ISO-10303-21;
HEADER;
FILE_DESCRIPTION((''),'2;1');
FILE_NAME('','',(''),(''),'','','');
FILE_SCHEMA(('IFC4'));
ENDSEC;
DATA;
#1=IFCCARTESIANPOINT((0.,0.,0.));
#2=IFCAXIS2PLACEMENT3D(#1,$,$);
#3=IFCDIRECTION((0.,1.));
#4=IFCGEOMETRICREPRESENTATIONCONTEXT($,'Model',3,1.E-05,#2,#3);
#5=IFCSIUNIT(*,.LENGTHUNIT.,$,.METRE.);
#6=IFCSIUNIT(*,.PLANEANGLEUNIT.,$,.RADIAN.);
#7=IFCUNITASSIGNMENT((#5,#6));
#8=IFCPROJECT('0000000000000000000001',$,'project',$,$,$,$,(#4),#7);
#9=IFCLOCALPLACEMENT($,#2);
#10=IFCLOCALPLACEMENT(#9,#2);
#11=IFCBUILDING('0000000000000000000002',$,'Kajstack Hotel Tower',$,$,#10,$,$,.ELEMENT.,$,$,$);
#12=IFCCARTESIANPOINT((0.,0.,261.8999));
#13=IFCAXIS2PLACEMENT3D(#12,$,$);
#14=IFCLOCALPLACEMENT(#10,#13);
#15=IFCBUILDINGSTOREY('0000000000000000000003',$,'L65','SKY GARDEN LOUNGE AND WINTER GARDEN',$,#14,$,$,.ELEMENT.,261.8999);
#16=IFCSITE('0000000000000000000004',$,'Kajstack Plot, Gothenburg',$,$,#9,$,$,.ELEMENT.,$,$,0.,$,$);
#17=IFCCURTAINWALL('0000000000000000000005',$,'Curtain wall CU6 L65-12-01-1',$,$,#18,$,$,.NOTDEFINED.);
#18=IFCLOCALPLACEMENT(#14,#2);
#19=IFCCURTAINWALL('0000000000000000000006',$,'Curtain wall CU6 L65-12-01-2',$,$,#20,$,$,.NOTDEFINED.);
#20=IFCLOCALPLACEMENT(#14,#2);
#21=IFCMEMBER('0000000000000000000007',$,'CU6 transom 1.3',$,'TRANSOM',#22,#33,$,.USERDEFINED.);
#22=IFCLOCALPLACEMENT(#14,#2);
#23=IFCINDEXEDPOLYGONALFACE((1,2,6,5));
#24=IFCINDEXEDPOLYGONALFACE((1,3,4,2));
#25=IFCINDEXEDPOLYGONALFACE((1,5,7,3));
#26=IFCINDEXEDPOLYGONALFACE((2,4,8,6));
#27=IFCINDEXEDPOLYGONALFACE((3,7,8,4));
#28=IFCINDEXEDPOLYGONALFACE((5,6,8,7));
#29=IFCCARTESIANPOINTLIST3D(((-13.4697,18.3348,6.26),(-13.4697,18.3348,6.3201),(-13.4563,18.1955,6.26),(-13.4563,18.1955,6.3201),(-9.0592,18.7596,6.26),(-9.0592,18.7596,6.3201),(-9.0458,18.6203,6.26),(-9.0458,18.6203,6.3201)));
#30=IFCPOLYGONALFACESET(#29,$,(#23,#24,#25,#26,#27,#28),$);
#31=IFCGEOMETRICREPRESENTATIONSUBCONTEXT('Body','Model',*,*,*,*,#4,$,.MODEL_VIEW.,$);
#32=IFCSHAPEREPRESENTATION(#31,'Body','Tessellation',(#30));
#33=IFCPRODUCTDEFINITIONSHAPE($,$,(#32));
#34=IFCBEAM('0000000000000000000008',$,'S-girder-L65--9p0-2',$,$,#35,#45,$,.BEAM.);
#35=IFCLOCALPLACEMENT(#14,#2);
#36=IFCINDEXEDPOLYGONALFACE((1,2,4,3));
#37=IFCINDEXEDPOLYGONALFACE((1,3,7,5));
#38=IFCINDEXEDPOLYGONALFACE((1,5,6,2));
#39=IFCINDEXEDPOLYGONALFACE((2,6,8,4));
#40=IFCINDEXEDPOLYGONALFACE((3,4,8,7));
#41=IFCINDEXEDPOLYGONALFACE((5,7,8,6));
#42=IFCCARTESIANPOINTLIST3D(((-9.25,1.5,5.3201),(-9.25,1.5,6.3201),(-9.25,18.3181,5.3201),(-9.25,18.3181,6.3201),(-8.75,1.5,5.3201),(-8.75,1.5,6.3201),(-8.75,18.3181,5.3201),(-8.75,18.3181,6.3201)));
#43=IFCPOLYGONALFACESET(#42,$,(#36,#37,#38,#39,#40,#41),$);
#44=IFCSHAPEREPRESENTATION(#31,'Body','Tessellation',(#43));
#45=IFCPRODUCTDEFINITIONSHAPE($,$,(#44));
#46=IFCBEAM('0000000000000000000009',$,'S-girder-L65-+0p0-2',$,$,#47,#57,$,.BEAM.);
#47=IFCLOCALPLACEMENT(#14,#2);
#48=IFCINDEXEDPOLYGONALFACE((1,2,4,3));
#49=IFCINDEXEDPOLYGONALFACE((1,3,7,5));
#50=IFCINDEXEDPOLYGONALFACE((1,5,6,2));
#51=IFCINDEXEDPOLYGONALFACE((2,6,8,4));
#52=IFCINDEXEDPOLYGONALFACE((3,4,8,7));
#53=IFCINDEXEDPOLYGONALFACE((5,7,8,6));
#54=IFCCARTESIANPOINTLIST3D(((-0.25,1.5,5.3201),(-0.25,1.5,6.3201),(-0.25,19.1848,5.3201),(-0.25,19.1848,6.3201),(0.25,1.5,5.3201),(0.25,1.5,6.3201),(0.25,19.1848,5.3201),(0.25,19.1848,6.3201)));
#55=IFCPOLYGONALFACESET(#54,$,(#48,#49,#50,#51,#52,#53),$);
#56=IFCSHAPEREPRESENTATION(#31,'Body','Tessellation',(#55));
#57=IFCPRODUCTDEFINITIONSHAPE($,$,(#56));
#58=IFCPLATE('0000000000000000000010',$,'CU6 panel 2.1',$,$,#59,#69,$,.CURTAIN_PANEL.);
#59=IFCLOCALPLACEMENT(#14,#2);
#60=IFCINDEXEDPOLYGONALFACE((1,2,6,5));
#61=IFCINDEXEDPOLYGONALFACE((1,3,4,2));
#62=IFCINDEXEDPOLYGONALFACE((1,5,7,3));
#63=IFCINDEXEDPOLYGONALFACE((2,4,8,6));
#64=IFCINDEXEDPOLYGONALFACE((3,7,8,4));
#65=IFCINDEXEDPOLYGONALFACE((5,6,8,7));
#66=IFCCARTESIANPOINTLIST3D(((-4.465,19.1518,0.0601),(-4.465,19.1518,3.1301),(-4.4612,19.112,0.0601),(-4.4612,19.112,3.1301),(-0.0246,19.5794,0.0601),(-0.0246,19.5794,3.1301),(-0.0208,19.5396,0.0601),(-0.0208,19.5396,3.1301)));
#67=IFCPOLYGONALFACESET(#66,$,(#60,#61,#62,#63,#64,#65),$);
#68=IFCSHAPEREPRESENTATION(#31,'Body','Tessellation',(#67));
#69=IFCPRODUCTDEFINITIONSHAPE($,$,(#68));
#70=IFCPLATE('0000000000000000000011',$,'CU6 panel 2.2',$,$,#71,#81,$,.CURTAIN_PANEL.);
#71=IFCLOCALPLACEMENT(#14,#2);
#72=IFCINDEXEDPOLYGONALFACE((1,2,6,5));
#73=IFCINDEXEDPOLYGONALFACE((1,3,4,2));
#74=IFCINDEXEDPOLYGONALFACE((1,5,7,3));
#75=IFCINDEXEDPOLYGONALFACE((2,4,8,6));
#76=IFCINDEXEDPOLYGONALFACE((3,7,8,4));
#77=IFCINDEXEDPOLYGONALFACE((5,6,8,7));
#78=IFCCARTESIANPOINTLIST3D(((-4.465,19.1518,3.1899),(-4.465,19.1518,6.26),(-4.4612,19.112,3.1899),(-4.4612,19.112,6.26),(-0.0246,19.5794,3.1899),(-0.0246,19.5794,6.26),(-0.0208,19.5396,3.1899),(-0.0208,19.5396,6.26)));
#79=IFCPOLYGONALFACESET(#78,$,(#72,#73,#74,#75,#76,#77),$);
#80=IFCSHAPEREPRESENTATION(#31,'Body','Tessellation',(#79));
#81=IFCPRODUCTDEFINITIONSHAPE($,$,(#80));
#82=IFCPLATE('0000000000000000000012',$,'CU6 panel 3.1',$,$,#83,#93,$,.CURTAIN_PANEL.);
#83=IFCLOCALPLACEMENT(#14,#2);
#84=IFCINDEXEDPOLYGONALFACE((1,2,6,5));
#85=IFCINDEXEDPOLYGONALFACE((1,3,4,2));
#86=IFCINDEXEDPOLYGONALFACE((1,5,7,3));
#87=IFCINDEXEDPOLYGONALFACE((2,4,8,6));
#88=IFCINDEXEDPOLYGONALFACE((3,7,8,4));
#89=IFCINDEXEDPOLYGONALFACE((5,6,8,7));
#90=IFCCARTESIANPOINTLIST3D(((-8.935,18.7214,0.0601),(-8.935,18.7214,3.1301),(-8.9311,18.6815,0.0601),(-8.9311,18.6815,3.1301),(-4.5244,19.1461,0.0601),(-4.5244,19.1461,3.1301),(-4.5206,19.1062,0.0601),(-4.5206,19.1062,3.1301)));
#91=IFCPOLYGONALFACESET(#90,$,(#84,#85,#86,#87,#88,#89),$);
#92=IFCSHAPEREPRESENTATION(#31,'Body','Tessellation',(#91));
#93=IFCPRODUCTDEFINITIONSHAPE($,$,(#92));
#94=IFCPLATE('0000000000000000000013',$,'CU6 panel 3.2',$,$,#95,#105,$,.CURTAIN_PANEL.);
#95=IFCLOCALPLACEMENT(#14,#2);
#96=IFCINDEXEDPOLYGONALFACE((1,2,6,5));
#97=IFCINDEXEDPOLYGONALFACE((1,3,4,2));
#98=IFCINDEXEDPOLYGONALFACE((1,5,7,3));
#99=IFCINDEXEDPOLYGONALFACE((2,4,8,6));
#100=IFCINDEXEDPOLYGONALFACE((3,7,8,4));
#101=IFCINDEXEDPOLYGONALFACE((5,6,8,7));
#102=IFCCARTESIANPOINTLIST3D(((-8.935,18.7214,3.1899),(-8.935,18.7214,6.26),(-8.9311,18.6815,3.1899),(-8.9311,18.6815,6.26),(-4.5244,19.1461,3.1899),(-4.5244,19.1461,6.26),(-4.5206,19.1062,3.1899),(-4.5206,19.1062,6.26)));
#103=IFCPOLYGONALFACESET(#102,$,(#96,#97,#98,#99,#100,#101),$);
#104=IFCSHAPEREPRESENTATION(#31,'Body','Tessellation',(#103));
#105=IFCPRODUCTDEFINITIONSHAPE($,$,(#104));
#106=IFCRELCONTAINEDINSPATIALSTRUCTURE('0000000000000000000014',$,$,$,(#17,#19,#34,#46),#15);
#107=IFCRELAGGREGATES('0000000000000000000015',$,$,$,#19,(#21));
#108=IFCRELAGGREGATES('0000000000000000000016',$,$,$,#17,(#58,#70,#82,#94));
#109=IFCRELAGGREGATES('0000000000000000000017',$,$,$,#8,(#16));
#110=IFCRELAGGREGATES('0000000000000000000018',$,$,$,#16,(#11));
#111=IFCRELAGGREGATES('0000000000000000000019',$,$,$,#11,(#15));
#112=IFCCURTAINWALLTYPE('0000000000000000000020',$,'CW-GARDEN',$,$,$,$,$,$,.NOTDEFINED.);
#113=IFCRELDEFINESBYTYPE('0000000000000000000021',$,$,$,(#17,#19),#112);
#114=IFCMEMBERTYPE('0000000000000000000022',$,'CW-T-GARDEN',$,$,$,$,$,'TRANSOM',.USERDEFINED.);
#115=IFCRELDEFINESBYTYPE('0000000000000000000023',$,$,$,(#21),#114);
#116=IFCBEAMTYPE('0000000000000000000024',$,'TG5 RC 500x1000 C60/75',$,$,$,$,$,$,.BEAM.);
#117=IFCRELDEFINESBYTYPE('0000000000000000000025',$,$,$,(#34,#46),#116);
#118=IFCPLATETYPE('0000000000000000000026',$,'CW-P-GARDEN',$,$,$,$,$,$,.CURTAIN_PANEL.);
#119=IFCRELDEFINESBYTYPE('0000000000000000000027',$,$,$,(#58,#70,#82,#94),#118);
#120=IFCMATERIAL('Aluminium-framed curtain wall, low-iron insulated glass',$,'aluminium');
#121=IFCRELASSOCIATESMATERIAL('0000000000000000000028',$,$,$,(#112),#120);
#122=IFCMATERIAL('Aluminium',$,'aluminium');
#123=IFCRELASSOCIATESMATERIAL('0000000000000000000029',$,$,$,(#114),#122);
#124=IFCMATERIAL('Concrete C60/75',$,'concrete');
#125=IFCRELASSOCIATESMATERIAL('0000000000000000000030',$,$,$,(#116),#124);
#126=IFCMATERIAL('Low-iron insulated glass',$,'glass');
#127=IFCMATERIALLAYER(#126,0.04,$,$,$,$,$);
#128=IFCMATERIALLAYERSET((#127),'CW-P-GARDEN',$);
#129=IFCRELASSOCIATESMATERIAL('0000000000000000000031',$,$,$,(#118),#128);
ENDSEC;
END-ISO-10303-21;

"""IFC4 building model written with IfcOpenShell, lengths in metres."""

from ifc_helpers import new_model, si_unit, direction, frame, origin, origin_2d, place, context, subcontext, project, spatial, rectangle, extrude, material, layer, layer_set, material_profile, profile_set, type_object, element, aggregate, save


model = new_model("IFC4")

# Units and contexts
model_context = context("Model", 3, precision=1e-05, world=origin(), true_north=direction((0.0, 1.0)))
body_context = subcontext(model_context, "Body", "Model", "MODEL_VIEW")
ifc_project = project(units=[si_unit("LENGTHUNIT", "METRE"), si_unit("PLANEANGLEUNIT", "RADIAN")], contexts=[model_context])

# Site, building, storey
site_placement = place(None, origin())
site = spatial("IfcSite", under=ifc_project, at=site_placement, Name="Kajstack Plot, Gothenburg", CompositionType="ELEMENT", RefElevation=0.0)
building_placement = place(site_placement, origin())
building = spatial("IfcBuilding", under=site, at=building_placement, Name="Kajstack Hotel Tower", CompositionType="ELEMENT")
storey_placement = place(building_placement, frame((0.0, 0.0, 261.8999)))
storey = spatial("IfcBuildingStorey", under=building, at=storey_placement, Name="L65", Description="SKY GARDEN LOUNGE AND WINTER GARDEN", CompositionType="ELEMENT", Elevation=261.8999)

# Curtain wall
ifc_material_1 = material(Name="Aluminium-framed curtain wall, low-iron insulated glass", Category="aluminium")
curtain_wall_type = type_object("IfcCurtainWallType", Name="CW-GARDEN", PredefinedType="NOTDEFINED", material=ifc_material_1)
curtain_wall_1_placement = place(storey_placement, origin())
curtain_wall_1 = element("IfcCurtainWall", 1, at=curtain_wall_1_placement, inside=storey, type_object=curtain_wall_type, Name="Curtain wall CU6 L65-12-01-1", PredefinedType="NOTDEFINED")
ifc_material_2 = material(Name="Aluminium", Category="aluminium")

# Curtain wall
curtain_wall_2_placement = place(storey_placement, origin())
curtain_wall_2 = element("IfcCurtainWall", 2, at=curtain_wall_2_placement, inside=storey, type_object=curtain_wall_type, Name="Curtain wall CU6 L65-12-01-2", PredefinedType="NOTDEFINED")

# Member
ifc_material_profile_1 = material_profile(ifc_material_2, rectangle(XDim=0.1399, YDim=0.0601, at=origin_2d()), Name="Aluminium transom 140 x 60")
ifc_profile_set_1 = profile_set([ifc_material_profile_1], Name="Aluminium")
member_type_1 = type_object("IfcMemberType", Name="CW-T-GARDEN", ElementType="TRANSOM", PredefinedType="USERDEFINED", material=ifc_profile_set_1)
member_1_placement = place(storey_placement, frame((-9.0525, 18.6899, 6.29), z_axis=(-0.995393, -0.095875, 0.0), x_axis=(0.095875, -0.995393, 0.0)))
member_1 = element("IfcMember", 3, at=member_1_placement, type_object=member_type_1, Name="CU6 transom 1.3", ObjectType="TRANSOM", PredefinedType="USERDEFINED", context=body_context, shape_type="SweptSolid", body=[
    extrude(rectangle(XDim=0.1399, YDim=0.0601, at=origin_2d()), origin(), (0.0, 0.0, 1.0), 4.4309),
])
aggregate(curtain_wall_2, [member_1])

# Beams
ifc_material_3 = material(Name="Concrete C60/75", Category="concrete")
ifc_material_profile_2 = material_profile(ifc_material_3, rectangle(XDim=0.5, YDim=1.0, at=origin_2d()), Name="RC 500x1000")
ifc_profile_set_2 = profile_set([ifc_material_profile_2], Name="Concrete C60/75")
beam_type = type_object("IfcBeamType", Name="TG5 RC 500x1000 C60/75", PredefinedType="BEAM", material=ifc_profile_set_2)
beam_1_placement = place(storey_placement, frame((-9.0, 1.5, 5.8201), z_axis=(0.0, 1.0, 0.0), x_axis=(-1.0, 0.0, 0.0)))
element("IfcBeam", 4, at=beam_1_placement, inside=storey, type_object=beam_type, Name="S-girder-L65--9p0-2", PredefinedType="BEAM", context=body_context, shape_type="SweptSolid", body=[
    extrude(rectangle(XDim=0.5, YDim=1.0, at=origin_2d()), origin(), (0.0, 0.0, 1.0), 16.8181),
])
beam_2_placement = place(storey_placement, frame((0.0, 1.5, 5.8201), z_axis=(0.0, 1.0, 0.0), x_axis=(-1.0, 0.0, 0.0)))
element("IfcBeam", 5, at=beam_2_placement, inside=storey, type_object=beam_type, Name="S-girder-L65-+0p0-2", PredefinedType="BEAM", context=body_context, shape_type="SweptSolid", body=[
    extrude(rectangle(XDim=0.5, YDim=1.0, at=origin_2d()), origin(), (0.0, 0.0, 1.0), 17.6848),
])

# Plates
ifc_material_4 = material(Name="Low-iron insulated glass", Category="glass")
ifc_layer_1 = layer(ifc_material_4, 0.04)
ifc_layer_set_1 = layer_set([ifc_layer_1], Name="CW-P-GARDEN")
plate_type = type_object("IfcPlateType", Name="CW-P-GARDEN", PredefinedType="CURTAIN_PANEL", material=ifc_layer_set_1)
plate_1_placement = place(storey_placement, frame((-2.2429, 19.3457, 0.0601), z_axis=(0.0, 0.0, 1.0), x_axis=(-0.995396, -0.095846, 0.0)))
plate_1 = element("IfcPlate", 6, at=plate_1_placement, type_object=plate_type, Name="CU6 panel 2.1", PredefinedType="CURTAIN_PANEL", context=body_context, shape_type="SweptSolid", body=[
    extrude(rectangle(XDim=4.4609, YDim=0.04, at=origin_2d()), origin(), (0.0, 0.0, 1.0), 3.0701),
])
plate_2_placement = place(storey_placement, frame((-2.2429, 19.3457, 3.1899), z_axis=(0.0, 0.0, 1.0), x_axis=(-0.995396, -0.095846, 0.0)))
plate_2 = element("IfcPlate", 7, at=plate_2_placement, type_object=plate_type, Name="CU6 panel 2.2", PredefinedType="CURTAIN_PANEL", context=body_context, shape_type="SweptSolid", body=[
    extrude(rectangle(XDim=4.4609, YDim=0.04, at=origin_2d()), origin(), (0.0, 0.0, 1.0), 3.0701),
])
plate_3_placement = place(storey_placement, frame((-6.7278, 18.9138, 0.0601), z_axis=(0.0, 0.0, 1.0), x_axis=(-0.995396, -0.095846, 0.0)))
plate_3 = element("IfcPlate", 8, at=plate_3_placement, type_object=plate_type, Name="CU6 panel 3.1", PredefinedType="CURTAIN_PANEL", context=body_context, shape_type="SweptSolid", body=[
    extrude(rectangle(XDim=4.4309, YDim=0.04, at=origin_2d()), origin(), (0.0, 0.0, 1.0), 3.0701),
])
plate_4_placement = place(storey_placement, frame((-6.7278, 18.9138, 3.1899), z_axis=(0.0, 0.0, 1.0), x_axis=(-0.995396, -0.095846, 0.0)))
plate_4 = element("IfcPlate", 9, at=plate_4_placement, type_object=plate_type, Name="CU6 panel 3.2", PredefinedType="CURTAIN_PANEL", context=body_context, shape_type="SweptSolid", body=[
    extrude(rectangle(XDim=4.4309, YDim=0.04, at=origin_2d()), origin(), (0.0, 0.0, 1.0), 3.0701),
])
aggregate(curtain_wall_1, [plate_1, plate_2, plate_3, plate_4])

save(model, "model.ifc")
